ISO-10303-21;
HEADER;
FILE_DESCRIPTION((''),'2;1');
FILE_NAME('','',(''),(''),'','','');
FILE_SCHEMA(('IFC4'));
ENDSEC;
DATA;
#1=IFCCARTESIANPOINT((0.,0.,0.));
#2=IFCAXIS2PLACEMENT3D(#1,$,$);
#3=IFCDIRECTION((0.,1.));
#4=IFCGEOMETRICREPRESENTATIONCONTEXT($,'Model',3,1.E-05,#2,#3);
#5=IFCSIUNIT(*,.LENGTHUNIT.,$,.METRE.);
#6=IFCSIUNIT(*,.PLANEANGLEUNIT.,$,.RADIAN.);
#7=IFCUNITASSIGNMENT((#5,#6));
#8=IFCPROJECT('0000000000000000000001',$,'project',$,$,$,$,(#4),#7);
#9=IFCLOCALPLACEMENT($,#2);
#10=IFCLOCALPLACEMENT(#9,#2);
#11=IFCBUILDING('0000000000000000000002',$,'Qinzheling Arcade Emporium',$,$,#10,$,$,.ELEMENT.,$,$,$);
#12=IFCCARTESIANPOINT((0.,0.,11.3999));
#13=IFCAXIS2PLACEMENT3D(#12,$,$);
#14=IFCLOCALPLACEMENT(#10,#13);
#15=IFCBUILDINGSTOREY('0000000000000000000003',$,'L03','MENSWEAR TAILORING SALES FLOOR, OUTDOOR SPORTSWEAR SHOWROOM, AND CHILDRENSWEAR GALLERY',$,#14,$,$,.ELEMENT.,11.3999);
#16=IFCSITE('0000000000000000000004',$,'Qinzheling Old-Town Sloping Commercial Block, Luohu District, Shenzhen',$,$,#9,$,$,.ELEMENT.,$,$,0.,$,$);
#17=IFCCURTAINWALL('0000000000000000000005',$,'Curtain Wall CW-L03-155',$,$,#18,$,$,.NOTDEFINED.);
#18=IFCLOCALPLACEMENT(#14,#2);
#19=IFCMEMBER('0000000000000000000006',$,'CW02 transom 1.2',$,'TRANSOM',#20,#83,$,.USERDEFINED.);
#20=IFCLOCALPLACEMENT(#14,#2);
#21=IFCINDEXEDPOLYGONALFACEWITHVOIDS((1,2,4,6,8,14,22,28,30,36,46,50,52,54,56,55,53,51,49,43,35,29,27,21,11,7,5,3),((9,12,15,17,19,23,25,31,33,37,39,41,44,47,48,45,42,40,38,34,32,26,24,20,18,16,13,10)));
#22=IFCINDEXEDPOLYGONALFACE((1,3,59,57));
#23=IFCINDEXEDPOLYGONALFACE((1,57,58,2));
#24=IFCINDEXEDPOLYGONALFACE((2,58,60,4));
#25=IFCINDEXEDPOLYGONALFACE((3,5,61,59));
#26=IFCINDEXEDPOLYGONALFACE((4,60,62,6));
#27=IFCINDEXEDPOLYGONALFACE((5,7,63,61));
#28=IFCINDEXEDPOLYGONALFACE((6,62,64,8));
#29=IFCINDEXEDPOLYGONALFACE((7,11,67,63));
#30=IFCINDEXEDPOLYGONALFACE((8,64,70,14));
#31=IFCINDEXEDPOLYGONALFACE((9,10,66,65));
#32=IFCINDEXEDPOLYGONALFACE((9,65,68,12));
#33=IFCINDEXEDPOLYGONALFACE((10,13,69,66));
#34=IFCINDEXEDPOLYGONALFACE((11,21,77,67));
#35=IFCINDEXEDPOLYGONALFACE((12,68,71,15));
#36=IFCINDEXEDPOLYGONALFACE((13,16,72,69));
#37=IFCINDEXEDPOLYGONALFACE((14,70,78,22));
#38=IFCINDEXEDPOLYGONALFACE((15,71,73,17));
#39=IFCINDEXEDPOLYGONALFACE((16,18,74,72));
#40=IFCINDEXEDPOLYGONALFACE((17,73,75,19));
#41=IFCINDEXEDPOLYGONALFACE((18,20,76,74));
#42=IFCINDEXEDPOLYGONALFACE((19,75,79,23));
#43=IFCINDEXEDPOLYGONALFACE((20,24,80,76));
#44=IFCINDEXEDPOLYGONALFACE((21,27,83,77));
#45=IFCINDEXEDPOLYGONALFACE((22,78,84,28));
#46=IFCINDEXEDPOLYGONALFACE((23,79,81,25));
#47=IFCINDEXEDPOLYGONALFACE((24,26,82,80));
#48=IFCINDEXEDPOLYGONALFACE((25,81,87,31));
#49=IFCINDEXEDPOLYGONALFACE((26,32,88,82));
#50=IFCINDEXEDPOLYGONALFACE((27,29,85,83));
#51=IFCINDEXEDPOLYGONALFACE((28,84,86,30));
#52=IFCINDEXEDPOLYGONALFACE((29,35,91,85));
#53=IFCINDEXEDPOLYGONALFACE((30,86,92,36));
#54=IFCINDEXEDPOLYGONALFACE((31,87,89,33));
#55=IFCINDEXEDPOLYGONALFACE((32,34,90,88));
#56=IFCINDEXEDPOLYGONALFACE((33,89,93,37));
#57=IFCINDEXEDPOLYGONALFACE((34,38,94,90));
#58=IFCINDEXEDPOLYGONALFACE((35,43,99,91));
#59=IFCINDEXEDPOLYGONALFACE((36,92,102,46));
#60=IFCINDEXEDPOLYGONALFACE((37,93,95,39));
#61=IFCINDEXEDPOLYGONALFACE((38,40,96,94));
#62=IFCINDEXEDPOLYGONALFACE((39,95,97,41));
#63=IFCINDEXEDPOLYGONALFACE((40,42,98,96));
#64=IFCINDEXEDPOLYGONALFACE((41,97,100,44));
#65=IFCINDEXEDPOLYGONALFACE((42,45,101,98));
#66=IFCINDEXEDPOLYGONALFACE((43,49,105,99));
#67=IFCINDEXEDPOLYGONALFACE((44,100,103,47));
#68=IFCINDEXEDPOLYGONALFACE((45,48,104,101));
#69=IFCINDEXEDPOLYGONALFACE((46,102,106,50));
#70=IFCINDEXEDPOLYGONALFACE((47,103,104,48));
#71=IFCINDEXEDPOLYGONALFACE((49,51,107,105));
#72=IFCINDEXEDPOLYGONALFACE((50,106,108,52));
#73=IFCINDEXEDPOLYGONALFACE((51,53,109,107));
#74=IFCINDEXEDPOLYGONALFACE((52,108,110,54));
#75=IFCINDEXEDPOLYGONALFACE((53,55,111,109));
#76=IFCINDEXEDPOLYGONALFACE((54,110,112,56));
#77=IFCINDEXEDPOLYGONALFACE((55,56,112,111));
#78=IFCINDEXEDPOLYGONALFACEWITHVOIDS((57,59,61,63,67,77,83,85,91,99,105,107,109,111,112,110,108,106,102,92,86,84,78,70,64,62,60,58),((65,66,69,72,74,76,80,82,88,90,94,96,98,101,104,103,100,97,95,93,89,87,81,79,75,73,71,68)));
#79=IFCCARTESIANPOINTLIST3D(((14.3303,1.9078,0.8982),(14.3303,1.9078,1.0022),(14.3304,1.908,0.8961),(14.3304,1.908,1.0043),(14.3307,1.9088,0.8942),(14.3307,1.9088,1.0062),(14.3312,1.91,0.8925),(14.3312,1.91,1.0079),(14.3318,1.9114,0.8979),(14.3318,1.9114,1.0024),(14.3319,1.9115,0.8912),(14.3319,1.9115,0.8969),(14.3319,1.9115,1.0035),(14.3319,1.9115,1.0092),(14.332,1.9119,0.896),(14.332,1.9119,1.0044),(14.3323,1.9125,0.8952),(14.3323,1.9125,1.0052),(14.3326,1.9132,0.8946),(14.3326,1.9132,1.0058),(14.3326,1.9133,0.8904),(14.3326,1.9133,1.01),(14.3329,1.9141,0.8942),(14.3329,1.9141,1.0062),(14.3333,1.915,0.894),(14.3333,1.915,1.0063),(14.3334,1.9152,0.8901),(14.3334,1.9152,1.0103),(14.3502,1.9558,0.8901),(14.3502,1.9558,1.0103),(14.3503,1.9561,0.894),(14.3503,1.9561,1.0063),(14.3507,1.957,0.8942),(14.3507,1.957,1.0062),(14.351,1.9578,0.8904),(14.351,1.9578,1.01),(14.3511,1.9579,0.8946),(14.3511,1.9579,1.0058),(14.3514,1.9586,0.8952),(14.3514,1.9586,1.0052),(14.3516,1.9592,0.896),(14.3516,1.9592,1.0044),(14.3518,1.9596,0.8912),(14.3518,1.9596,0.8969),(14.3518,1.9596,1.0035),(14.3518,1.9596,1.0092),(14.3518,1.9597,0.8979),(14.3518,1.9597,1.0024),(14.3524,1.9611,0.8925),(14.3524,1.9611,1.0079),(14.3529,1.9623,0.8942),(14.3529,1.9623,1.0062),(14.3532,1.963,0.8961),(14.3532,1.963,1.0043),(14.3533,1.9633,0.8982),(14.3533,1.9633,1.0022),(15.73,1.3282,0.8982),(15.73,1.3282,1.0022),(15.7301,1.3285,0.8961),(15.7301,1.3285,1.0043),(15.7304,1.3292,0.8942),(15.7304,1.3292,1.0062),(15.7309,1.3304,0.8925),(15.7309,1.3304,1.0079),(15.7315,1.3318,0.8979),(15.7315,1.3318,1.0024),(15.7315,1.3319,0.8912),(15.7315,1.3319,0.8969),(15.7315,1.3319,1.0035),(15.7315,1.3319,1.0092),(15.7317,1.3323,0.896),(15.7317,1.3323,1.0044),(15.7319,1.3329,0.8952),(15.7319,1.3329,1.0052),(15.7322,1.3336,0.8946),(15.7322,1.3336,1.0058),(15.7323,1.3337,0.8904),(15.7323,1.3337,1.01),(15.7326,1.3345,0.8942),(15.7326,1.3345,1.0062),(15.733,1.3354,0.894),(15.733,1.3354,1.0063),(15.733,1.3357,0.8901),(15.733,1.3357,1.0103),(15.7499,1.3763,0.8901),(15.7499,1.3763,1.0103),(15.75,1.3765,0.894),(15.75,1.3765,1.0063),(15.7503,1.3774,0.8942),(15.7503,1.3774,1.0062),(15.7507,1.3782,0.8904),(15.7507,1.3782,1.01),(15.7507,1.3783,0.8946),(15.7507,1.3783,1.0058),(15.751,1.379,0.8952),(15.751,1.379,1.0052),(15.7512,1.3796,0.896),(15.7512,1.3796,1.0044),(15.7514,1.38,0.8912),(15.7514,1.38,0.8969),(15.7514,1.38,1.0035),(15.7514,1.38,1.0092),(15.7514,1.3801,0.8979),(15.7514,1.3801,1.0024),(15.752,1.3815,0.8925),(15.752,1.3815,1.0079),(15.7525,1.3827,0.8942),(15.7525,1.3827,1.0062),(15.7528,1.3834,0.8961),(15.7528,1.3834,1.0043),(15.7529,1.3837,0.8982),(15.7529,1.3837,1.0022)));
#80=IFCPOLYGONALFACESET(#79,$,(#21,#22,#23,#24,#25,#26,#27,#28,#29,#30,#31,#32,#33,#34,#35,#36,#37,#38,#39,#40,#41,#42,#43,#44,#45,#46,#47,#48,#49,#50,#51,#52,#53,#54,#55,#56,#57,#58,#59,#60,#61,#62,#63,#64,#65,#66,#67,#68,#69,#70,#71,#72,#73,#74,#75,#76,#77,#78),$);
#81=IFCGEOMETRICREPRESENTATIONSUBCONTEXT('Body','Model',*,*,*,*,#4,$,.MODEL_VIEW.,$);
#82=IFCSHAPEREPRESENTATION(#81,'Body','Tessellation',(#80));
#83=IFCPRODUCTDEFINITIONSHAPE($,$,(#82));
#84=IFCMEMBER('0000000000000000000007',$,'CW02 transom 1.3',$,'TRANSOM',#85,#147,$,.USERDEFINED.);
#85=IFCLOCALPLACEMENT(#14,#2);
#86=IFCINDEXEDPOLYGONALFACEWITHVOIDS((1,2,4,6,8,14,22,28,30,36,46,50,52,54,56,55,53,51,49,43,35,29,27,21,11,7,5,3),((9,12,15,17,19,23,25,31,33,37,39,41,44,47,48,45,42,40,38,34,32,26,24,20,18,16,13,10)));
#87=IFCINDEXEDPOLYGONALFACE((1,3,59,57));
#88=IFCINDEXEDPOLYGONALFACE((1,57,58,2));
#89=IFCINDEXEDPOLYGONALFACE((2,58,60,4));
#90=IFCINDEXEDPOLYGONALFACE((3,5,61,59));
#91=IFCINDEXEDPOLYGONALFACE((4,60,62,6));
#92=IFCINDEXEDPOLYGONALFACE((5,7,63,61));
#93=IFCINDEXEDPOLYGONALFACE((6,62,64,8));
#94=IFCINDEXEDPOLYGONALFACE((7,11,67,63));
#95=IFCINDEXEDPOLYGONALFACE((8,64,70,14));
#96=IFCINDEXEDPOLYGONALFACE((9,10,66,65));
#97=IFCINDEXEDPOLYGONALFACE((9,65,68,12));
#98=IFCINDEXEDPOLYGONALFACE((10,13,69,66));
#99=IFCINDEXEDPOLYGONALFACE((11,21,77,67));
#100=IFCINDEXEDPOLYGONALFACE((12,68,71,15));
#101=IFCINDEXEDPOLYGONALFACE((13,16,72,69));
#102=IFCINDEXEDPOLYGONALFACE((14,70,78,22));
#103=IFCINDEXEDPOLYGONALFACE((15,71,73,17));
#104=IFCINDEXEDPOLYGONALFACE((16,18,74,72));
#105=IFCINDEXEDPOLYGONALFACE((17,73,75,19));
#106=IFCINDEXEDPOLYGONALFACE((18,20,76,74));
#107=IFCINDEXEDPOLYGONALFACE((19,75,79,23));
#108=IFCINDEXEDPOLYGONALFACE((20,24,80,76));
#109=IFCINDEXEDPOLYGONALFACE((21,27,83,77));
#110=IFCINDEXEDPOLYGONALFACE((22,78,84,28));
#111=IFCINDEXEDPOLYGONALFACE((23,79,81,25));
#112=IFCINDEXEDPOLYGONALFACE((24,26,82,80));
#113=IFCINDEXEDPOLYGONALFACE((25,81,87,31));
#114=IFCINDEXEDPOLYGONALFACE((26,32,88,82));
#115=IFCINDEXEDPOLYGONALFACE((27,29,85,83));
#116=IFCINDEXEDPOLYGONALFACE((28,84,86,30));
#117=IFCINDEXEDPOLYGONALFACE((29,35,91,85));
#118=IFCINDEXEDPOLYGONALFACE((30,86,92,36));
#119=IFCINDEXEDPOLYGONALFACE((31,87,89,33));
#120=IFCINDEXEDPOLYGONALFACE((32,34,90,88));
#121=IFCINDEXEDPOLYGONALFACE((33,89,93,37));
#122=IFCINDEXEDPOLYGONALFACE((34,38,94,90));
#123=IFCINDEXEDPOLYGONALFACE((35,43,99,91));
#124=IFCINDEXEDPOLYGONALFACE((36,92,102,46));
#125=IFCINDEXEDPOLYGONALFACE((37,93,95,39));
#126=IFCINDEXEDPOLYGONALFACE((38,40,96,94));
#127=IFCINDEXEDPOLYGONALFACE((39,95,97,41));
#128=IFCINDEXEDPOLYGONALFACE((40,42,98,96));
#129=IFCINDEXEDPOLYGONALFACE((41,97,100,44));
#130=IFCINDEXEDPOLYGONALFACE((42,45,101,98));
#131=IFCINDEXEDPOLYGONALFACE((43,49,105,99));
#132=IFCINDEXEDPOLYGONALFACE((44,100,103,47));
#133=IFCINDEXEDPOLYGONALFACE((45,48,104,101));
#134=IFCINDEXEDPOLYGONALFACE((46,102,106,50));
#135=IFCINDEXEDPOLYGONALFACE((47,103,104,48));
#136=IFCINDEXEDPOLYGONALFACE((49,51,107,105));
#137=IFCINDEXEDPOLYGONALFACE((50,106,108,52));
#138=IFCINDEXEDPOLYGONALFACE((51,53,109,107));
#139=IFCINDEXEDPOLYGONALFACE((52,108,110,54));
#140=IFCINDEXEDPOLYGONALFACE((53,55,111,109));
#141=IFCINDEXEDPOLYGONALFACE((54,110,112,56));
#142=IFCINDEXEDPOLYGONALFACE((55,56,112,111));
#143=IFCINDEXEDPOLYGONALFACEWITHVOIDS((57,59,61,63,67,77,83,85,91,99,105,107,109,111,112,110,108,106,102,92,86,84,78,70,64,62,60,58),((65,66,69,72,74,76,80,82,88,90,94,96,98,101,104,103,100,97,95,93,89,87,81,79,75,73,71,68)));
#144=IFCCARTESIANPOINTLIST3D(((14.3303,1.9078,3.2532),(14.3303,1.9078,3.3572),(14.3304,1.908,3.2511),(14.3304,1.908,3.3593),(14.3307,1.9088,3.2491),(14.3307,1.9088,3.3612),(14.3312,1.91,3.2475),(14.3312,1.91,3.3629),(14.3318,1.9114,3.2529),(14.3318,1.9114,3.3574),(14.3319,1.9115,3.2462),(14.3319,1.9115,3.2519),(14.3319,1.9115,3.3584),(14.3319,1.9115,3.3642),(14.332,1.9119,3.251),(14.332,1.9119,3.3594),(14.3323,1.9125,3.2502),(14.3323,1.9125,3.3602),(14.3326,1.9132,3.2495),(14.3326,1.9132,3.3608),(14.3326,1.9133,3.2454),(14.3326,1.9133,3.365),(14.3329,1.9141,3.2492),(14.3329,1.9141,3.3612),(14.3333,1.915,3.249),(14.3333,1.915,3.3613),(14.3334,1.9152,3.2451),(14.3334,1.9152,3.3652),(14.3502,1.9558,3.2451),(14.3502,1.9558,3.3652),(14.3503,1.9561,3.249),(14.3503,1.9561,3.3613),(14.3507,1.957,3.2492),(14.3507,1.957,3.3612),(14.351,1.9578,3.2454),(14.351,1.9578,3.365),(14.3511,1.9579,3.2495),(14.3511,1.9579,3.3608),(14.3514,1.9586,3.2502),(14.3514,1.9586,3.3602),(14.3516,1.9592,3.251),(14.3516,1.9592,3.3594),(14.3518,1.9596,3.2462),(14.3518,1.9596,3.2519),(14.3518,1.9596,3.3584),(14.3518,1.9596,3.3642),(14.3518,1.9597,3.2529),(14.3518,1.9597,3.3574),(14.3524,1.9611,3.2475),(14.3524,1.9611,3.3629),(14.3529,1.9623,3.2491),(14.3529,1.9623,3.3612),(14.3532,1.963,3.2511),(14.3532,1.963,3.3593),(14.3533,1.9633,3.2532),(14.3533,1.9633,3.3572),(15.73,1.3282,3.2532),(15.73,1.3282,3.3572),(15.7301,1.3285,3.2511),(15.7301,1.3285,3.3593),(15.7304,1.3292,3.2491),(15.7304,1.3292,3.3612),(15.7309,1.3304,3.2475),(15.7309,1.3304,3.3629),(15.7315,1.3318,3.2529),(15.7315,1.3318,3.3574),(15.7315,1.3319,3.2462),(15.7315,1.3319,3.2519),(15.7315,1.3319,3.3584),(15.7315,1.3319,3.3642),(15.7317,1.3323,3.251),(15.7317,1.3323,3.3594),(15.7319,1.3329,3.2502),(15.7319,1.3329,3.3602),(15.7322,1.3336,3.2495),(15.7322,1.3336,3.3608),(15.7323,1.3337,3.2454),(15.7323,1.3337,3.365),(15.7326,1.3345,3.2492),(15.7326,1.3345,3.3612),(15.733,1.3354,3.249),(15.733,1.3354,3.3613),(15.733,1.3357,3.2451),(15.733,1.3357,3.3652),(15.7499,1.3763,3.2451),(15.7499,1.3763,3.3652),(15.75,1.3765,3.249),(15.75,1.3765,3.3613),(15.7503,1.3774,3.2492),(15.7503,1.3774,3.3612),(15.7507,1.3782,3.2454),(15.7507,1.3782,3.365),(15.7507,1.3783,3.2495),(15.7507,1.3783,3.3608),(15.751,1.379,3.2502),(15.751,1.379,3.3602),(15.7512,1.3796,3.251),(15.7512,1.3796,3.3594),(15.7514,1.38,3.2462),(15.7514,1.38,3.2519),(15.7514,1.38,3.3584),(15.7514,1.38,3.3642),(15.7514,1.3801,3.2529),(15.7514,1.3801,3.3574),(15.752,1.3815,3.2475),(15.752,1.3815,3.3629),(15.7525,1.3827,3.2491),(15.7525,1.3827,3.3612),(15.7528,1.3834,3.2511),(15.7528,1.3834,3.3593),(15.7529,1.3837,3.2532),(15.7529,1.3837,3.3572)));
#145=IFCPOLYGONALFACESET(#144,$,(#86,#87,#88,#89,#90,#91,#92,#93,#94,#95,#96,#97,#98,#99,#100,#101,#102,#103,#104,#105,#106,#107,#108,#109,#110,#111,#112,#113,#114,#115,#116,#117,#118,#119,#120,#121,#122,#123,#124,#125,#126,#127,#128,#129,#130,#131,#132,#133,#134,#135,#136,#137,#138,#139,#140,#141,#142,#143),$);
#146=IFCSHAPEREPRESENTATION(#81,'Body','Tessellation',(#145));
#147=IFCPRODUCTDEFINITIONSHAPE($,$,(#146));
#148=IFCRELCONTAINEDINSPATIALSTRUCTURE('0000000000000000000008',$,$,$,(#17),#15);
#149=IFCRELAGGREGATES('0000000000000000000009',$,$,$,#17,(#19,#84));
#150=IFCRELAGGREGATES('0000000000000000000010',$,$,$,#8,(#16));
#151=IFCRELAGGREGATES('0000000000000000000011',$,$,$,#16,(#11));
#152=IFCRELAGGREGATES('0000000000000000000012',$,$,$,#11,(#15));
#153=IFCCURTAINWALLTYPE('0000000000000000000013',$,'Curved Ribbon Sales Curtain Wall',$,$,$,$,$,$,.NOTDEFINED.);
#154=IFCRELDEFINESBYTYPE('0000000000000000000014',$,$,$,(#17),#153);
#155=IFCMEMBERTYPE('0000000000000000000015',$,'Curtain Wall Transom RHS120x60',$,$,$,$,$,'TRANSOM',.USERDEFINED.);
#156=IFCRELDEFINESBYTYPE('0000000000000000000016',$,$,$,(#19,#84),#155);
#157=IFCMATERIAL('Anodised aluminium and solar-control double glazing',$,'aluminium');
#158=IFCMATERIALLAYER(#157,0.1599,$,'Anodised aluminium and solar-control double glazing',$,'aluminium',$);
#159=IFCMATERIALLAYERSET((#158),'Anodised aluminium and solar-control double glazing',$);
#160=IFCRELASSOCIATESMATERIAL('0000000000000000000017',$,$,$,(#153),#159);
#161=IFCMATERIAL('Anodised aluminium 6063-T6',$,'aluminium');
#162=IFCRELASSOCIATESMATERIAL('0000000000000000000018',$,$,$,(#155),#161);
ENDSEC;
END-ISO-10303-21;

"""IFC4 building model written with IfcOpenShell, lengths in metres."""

from ifc_helpers import new_model, si_unit, direction, frame, origin, origin_2d, place, context, subcontext, project, spatial, hollow_rectangle, extrude, material, layer, layer_set, material_profile, profile_set, type_object, element, aggregate, save


model = new_model("IFC4")

# Units and contexts
model_context = context("Model", 3, precision=1e-05, world=origin(), true_north=direction((0.0, 1.0)))
body_context = subcontext(model_context, "Body", "Model", "MODEL_VIEW")
ifc_project = project(units=[si_unit("LENGTHUNIT", "METRE"), si_unit("PLANEANGLEUNIT", "RADIAN")], contexts=[model_context])

# Site, building, storey
site_placement = place(None, origin())
site = spatial("IfcSite", under=ifc_project, at=site_placement, Name="Qinzheling Old-Town Sloping Commercial Block, Luohu District, Shenzhen", CompositionType="ELEMENT", RefElevation=0.0)
building_placement = place(site_placement, origin())
building = spatial("IfcBuilding", under=site, at=building_placement, Name="Qinzheling Arcade Emporium", CompositionType="ELEMENT")
storey_placement = place(building_placement, frame((0.0, 0.0, 11.3999)))
storey = spatial("IfcBuildingStorey", under=building, at=storey_placement, Name="L03", Description="MENSWEAR TAILORING SALES FLOOR, OUTDOOR SPORTSWEAR SHOWROOM, AND CHILDRENSWEAR GALLERY", CompositionType="ELEMENT", Elevation=11.3999)

# Curtain wall
ifc_material_1 = material(Name="Anodised aluminium and solar-control double glazing", Category="aluminium")
ifc_layer_1 = layer(ifc_material_1, 0.1599, Name="Anodised aluminium and solar-control double glazing", Category="aluminium")
ifc_layer_set_1 = layer_set([ifc_layer_1], Name="Anodised aluminium and solar-control double glazing")
curtain_wall_type = type_object("IfcCurtainWallType", Name="Curved Ribbon Sales Curtain Wall", PredefinedType="NOTDEFINED", material=ifc_layer_set_1)
ifc_material_2 = material(Name="Anodised aluminium 6063-T6", Category="aluminium")
curtain_wall_1_placement = place(storey_placement, origin())
curtain_wall_1 = element("IfcCurtainWall", 1, at=curtain_wall_1_placement, inside=storey, type_object=curtain_wall_type, Name="Curtain Wall CW-L03-155", PredefinedType="NOTDEFINED")

# Members
ifc_material_profile_1 = material_profile(ifc_material_2, hollow_rectangle(XDim=0.0601, YDim=0.1201, WallThickness=0.0039, InnerFilletRadius=0.0039, OuterFilletRadius=0.0081, at=origin_2d()), Name="RHS 120x60x4", Category="aluminium")
ifc_profile_set_1 = profile_set([ifc_material_profile_1], Name="Anodised aluminium 6063-T6")
member_type_1 = type_object("IfcMemberType", Name="Curtain Wall Transom RHS120x60", ElementType="TRANSOM", PredefinedType="USERDEFINED", material=ifc_profile_set_1)
member_1_placement = place(storey_placement, frame((15.7415, 1.356, 0.9502), z_axis=(-0.923919, 0.382589, 0.0), x_axis=(-0.382589, -0.923919, 0.0)))
member_1 = element("IfcMember", 2, at=member_1_placement, type_object=member_type_1, Name="CW02 transom 1.2", ObjectType="TRANSOM", PredefinedType="USERDEFINED", context=body_context, shape_type="SweptSolid", body=[
    extrude(hollow_rectangle(XDim=0.0601, YDim=0.1201, WallThickness=0.0039, InnerFilletRadius=0.0039, OuterFilletRadius=0.0081, at=origin_2d()), origin(), (0.0, 0.0, 1.0), 1.5149),
])
member_2_placement = place(storey_placement, frame((15.7415, 1.356, 3.3052), z_axis=(-0.923919, 0.382589, 0.0), x_axis=(-0.382589, -0.923919, 0.0)))
member_2 = element("IfcMember", 3, at=member_2_placement, type_object=member_type_1, Name="CW02 transom 1.3", ObjectType="TRANSOM", PredefinedType="USERDEFINED", context=body_context, shape_type="SweptSolid", body=[
    extrude(hollow_rectangle(XDim=0.0601, YDim=0.1201, WallThickness=0.0039, InnerFilletRadius=0.0039, OuterFilletRadius=0.0081, at=origin_2d()), origin(), (0.0, 0.0, 1.0), 1.5149),
])

aggregate(curtain_wall_1, [member_1, member_2])

save(model, "model.ifc")
